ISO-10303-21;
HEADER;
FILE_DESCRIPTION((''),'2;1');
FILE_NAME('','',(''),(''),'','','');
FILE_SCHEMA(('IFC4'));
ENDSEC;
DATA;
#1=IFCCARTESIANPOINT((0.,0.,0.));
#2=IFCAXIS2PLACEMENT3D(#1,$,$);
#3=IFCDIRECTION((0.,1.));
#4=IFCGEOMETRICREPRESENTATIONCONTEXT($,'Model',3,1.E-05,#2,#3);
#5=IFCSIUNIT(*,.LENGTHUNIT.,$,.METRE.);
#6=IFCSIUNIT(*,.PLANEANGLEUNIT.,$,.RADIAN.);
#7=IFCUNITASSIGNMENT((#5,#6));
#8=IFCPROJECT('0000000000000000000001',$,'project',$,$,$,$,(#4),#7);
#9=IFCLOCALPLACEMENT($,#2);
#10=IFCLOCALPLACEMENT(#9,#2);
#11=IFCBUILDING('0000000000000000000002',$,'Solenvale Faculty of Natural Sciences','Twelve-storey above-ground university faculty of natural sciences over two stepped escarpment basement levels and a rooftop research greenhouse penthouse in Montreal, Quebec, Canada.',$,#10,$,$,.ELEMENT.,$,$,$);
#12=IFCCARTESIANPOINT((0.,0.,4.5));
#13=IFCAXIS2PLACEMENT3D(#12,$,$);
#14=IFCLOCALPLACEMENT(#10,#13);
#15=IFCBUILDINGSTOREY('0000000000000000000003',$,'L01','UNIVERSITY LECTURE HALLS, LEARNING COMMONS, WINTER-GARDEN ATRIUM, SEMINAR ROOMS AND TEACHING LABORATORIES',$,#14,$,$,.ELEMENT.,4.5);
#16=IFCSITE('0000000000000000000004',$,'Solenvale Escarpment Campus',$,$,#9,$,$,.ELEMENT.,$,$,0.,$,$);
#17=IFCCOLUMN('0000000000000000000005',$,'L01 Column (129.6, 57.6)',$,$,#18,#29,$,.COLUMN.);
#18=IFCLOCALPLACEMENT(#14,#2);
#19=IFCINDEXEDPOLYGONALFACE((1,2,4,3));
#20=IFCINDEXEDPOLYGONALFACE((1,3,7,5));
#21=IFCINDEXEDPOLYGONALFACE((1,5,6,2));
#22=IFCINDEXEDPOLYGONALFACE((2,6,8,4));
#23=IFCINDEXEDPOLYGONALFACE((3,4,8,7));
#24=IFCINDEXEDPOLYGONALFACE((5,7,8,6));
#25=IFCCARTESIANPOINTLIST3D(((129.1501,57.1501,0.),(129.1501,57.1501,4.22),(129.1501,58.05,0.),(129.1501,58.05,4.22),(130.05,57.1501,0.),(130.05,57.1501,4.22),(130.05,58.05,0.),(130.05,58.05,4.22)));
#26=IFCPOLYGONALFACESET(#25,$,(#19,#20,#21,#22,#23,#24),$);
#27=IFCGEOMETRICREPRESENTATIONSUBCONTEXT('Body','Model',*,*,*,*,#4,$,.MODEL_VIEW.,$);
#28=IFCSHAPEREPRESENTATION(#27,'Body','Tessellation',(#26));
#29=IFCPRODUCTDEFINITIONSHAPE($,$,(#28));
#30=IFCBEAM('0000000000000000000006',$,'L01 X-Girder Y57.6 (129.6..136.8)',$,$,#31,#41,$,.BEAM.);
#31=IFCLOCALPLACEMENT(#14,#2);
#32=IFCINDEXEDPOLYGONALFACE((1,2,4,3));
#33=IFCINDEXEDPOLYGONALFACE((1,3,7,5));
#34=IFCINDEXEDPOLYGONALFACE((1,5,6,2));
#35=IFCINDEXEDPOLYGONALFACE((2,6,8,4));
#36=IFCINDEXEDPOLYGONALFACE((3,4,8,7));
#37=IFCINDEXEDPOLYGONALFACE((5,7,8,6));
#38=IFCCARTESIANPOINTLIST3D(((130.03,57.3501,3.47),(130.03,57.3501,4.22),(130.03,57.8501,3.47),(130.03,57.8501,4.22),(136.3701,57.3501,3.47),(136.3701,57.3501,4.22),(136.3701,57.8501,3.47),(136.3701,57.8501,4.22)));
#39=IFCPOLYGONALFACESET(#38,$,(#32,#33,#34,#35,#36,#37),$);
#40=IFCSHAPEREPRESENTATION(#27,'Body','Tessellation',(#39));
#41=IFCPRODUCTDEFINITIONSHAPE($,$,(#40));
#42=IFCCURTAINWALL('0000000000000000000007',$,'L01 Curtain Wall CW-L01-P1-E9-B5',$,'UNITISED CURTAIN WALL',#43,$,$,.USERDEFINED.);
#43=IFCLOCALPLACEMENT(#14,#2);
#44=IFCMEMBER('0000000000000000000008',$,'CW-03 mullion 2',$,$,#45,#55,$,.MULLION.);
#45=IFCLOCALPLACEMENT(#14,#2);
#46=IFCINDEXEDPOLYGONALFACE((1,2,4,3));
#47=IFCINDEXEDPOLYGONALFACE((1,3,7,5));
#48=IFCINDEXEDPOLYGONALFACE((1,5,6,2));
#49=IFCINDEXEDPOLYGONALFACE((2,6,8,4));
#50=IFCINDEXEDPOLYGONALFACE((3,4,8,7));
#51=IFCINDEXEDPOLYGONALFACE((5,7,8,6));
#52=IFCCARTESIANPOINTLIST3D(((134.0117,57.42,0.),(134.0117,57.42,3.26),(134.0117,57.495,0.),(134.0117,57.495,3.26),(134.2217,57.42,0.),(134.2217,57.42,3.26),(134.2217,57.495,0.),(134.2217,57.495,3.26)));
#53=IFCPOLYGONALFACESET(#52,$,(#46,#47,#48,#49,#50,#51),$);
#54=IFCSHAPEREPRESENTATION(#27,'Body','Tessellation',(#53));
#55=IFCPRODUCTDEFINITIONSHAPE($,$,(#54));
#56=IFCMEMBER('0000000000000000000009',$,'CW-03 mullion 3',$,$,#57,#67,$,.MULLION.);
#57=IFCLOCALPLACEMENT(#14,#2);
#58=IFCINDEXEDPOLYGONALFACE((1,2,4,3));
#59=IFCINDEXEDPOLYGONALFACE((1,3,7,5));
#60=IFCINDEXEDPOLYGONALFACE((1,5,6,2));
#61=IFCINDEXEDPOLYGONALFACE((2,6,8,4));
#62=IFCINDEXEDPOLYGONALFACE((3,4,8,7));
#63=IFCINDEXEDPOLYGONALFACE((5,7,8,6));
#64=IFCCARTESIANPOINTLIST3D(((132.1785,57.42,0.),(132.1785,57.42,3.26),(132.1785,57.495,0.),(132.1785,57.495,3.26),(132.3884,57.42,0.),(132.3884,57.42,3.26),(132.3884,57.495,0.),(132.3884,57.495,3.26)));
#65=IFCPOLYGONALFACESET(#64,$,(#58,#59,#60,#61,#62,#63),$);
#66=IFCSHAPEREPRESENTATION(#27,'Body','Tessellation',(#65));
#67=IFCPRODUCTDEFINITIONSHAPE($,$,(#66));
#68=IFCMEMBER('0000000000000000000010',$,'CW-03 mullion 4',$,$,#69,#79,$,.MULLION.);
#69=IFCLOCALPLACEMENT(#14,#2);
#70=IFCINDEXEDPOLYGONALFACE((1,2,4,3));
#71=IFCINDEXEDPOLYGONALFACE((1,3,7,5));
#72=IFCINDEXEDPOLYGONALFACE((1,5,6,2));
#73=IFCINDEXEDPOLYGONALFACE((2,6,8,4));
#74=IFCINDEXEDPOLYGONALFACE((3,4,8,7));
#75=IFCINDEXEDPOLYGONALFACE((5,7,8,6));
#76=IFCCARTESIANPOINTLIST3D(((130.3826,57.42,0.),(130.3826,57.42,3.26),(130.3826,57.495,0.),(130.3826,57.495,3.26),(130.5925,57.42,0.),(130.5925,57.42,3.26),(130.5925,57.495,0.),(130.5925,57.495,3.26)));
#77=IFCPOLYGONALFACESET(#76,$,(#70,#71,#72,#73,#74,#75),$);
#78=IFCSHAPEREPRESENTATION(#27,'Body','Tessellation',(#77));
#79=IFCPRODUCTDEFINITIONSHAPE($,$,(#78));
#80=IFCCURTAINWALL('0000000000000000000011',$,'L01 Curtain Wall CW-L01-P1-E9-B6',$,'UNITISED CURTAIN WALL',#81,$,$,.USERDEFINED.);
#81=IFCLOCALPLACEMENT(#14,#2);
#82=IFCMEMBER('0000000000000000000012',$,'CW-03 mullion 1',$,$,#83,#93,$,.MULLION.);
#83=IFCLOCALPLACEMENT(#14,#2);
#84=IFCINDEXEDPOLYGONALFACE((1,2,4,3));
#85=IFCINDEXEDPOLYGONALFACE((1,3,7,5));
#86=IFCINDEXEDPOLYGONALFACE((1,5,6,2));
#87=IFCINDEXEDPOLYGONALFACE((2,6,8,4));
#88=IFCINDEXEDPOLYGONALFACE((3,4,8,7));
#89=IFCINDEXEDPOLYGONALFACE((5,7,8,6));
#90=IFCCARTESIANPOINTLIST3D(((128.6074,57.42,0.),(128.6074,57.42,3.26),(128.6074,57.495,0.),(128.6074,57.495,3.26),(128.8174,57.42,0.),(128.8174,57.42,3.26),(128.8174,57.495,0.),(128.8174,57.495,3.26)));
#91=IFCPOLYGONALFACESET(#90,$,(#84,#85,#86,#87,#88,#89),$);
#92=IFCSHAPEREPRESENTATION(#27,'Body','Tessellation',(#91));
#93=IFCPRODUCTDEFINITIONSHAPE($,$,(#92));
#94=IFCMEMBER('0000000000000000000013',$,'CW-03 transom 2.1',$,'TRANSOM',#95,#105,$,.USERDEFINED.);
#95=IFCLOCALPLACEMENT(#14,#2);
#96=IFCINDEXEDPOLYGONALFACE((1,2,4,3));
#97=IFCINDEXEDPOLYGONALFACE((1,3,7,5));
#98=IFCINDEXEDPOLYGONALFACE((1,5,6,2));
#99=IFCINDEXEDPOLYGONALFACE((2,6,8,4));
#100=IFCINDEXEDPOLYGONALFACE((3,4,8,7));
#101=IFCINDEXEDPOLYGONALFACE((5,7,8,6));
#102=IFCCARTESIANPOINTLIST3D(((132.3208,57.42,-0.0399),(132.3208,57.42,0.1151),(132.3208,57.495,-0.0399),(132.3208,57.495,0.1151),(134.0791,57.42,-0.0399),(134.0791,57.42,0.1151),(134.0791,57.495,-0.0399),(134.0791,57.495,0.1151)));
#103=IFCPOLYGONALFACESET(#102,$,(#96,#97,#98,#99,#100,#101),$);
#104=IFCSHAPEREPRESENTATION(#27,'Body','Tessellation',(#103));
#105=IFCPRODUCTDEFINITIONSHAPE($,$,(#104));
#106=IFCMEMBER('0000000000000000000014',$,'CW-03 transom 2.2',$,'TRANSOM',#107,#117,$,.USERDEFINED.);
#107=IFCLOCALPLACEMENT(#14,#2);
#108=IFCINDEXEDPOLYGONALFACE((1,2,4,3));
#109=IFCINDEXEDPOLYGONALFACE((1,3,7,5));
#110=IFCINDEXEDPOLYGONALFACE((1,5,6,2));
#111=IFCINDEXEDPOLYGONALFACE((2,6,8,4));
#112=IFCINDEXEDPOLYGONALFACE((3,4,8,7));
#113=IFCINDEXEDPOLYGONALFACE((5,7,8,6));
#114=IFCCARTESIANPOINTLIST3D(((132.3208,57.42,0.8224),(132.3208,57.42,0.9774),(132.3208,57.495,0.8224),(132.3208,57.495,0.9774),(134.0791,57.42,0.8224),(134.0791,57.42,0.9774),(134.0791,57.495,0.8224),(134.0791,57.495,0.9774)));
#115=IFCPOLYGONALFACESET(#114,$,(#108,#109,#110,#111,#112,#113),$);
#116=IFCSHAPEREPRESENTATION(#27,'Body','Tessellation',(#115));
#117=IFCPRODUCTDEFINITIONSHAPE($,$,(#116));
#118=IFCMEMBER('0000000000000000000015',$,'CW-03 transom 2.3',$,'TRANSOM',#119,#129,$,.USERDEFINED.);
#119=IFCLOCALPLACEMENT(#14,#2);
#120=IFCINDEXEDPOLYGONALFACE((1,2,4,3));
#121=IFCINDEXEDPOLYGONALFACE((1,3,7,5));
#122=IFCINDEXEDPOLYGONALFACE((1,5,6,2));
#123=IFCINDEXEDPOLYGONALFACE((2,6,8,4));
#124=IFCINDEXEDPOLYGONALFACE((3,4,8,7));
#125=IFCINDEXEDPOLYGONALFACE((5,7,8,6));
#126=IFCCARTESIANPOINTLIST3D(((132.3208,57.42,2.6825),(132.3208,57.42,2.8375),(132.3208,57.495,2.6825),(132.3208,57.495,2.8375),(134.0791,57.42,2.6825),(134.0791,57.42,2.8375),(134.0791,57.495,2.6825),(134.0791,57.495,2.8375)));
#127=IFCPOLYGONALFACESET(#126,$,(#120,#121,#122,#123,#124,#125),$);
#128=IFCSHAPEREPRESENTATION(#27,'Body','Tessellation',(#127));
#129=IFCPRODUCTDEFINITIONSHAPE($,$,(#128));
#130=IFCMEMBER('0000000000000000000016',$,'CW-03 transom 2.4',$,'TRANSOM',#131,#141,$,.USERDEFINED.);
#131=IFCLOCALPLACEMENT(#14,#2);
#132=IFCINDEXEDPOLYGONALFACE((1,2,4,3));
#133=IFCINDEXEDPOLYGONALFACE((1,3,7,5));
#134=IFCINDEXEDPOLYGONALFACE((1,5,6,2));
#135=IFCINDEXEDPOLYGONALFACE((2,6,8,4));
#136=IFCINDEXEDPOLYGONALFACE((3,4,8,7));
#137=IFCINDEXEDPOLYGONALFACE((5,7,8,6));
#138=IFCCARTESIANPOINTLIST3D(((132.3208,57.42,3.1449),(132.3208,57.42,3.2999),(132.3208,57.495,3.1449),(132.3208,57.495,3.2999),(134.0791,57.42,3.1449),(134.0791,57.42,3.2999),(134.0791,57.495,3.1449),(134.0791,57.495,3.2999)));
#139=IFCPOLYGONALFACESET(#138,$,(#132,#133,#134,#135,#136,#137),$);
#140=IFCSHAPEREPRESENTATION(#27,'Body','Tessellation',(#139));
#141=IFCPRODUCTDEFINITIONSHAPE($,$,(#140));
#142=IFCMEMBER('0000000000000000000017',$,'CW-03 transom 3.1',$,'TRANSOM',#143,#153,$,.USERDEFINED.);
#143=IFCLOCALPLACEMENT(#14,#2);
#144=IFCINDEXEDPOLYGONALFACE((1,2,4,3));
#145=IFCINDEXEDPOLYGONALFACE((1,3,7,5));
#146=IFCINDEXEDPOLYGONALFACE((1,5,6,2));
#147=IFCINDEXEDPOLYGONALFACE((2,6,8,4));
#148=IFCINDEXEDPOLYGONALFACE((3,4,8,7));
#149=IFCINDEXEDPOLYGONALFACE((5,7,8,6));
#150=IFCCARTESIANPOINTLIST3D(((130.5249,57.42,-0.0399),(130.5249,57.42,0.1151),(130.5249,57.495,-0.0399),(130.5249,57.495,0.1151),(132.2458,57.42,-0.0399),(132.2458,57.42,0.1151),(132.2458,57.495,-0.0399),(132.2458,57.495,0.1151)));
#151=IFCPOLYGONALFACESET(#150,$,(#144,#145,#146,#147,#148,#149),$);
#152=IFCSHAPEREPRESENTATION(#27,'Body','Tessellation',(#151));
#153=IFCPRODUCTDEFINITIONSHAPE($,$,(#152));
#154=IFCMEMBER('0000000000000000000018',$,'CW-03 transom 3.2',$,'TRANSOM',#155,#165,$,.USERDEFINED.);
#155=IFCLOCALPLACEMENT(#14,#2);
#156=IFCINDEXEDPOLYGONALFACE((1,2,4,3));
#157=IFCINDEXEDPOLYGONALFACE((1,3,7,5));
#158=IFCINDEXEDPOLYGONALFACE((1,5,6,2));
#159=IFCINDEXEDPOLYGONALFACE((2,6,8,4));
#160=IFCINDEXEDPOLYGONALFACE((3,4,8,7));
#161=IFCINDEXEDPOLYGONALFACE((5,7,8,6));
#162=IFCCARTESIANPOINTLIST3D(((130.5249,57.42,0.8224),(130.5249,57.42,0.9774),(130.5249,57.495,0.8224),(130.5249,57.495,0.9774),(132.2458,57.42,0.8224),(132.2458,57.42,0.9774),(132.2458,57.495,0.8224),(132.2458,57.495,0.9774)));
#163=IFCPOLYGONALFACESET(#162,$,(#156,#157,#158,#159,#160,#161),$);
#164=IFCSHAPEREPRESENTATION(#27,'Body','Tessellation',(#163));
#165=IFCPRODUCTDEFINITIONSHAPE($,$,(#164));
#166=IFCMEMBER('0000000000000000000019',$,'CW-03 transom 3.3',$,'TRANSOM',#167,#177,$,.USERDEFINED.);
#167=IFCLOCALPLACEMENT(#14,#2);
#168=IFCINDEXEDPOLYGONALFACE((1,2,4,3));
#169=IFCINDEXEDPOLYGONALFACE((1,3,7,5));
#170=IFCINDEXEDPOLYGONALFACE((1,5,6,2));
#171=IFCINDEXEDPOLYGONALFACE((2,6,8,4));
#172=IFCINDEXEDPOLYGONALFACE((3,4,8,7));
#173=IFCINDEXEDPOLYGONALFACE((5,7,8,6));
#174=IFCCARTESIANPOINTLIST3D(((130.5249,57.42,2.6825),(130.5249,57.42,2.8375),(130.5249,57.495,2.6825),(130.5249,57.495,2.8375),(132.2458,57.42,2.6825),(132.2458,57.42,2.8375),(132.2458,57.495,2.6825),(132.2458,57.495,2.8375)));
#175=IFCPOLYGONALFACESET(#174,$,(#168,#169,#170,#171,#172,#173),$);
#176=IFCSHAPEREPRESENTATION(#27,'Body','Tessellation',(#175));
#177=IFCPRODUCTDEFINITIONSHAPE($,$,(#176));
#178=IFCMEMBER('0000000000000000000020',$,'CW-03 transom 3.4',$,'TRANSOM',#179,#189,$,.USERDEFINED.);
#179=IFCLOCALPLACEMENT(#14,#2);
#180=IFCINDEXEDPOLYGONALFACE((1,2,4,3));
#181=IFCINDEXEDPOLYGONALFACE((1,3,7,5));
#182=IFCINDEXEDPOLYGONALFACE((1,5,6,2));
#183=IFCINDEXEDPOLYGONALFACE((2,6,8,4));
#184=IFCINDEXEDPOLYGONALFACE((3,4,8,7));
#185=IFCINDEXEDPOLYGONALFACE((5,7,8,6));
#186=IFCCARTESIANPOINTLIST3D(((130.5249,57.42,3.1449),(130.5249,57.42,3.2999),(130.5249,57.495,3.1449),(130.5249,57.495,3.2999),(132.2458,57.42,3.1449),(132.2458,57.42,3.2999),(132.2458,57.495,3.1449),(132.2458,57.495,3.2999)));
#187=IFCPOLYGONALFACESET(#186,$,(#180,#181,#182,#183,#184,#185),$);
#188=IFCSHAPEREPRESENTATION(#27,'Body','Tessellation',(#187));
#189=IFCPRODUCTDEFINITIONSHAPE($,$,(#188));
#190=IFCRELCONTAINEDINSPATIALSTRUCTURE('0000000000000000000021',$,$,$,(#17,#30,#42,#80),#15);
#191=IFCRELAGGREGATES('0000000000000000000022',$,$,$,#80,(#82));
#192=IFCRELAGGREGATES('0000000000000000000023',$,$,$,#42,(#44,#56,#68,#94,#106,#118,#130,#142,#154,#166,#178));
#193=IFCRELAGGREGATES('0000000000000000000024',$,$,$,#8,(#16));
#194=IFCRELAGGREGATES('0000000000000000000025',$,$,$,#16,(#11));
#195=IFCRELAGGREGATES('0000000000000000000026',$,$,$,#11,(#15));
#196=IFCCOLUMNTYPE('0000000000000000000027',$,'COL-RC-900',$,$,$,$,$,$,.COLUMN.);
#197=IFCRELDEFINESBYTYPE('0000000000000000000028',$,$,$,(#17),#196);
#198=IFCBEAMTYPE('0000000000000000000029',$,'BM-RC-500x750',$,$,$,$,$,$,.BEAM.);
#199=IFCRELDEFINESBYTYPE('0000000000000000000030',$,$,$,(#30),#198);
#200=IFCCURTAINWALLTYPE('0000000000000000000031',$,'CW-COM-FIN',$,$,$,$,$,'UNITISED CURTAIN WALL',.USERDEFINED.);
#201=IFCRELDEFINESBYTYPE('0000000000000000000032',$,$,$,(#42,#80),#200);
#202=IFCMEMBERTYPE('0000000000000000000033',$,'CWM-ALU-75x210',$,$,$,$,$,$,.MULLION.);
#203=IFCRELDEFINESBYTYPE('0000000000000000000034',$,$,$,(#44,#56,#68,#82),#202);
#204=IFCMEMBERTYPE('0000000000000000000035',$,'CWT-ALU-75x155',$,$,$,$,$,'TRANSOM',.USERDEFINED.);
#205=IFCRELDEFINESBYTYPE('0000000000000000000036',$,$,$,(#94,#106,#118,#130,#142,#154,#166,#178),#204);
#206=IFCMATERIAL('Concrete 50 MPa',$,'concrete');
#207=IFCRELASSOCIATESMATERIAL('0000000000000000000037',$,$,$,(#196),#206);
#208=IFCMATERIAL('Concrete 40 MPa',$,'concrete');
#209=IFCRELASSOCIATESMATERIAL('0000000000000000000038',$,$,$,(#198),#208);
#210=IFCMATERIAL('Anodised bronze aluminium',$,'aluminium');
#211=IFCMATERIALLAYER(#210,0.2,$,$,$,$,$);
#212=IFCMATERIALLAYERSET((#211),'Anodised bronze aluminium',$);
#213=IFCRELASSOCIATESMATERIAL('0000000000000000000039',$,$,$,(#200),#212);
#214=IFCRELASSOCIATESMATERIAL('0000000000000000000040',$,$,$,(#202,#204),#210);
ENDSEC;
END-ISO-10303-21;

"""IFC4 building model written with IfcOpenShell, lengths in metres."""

from ifc_helpers import new_model, si_unit, direction, frame, origin, origin_2d, place, context, subcontext, project, spatial, rectangle, extrude, material, layer, layer_set, material_profile, profile_set, type_object, element, aggregate, save


model = new_model("IFC4")

# Units and contexts
model_context = context("Model", 3, precision=1e-05, world=origin(), true_north=direction((0.0, 1.0)))
body_context = subcontext(model_context, "Body", "Model", "MODEL_VIEW")
ifc_project = project(units=[si_unit("LENGTHUNIT", "METRE"), si_unit("PLANEANGLEUNIT", "RADIAN")], contexts=[model_context])

# Site, building, storey
site_placement = place(None, origin())
site = spatial("IfcSite", under=ifc_project, at=site_placement, Name="Solenvale Escarpment Campus", CompositionType="ELEMENT", RefElevation=0.0)
building_placement = place(site_placement, origin())
building = spatial("IfcBuilding", under=site, at=building_placement, Name="Solenvale Faculty of Natural Sciences", Description="Twelve-storey above-ground university faculty of natural sciences over two stepped escarpment basement levels and a rooftop research greenhouse penthouse in Montreal, Quebec, Canada.", CompositionType="ELEMENT")
storey_placement = place(building_placement, frame((0.0, 0.0, 4.5)))
storey = spatial("IfcBuildingStorey", under=building, at=storey_placement, Name="L01", Description="UNIVERSITY LECTURE HALLS, LEARNING COMMONS, WINTER-GARDEN ATRIUM, SEMINAR ROOMS AND TEACHING LABORATORIES", CompositionType="ELEMENT", Elevation=4.5)

# Column
ifc_material_1 = material(Name="Concrete 50 MPa", Category="concrete")
ifc_material_profile_1 = material_profile(ifc_material_1, rectangle(XDim=0.8999, YDim=0.8999, at=origin_2d()), Name="RC-COL-900x900")
ifc_profile_set_1 = profile_set([ifc_material_profile_1], Name="Concrete 50 MPa")
column_type = type_object("IfcColumnType", Name="COL-RC-900", PredefinedType="COLUMN", material=ifc_profile_set_1)
column_placement = place(storey_placement, frame((129.6001, 57.6001, 0.0), z_axis=(0.0, 0.0, 1.0), x_axis=(1.0, 0.0, 0.0)))
element("IfcColumn", 1, at=column_placement, inside=storey, type_object=column_type, Name="L01 Column (129.6, 57.6)", PredefinedType="COLUMN", context=body_context, shape_type="SweptSolid", body=[
    extrude(rectangle(XDim=0.8999, YDim=0.8999, at=origin_2d()), origin(), (0.0, 0.0, 1.0), 4.22),
])

# Beam
ifc_material_2 = material(Name="Concrete 40 MPa", Category="concrete")
ifc_material_profile_2 = material_profile(ifc_material_2, rectangle(XDim=0.5, YDim=0.75, at=origin_2d()), Name="RC-BM-500x750")
ifc_profile_set_2 = profile_set([ifc_material_profile_2], Name="Concrete 40 MPa")
beam_type = type_object("IfcBeamType", Name="BM-RC-500x750", PredefinedType="BEAM", material=ifc_profile_set_2)
beam_placement = place(storey_placement, frame((130.03, 57.6001, 3.845), z_axis=(1.0, 0.0, 0.0), x_axis=(0.0, 1.0, 0.0)))
element("IfcBeam", 2, at=beam_placement, inside=storey, type_object=beam_type, Name="L01 X-Girder Y57.6 (129.6..136.8)", PredefinedType="BEAM", context=body_context, shape_type="SweptSolid", body=[
    extrude(rectangle(XDim=0.5, YDim=0.75, at=origin_2d()), origin(), (0.0, 0.0, 1.0), 6.3401),
])

# Curtain wall, members
ifc_material_3 = material(Name="Anodised bronze aluminium", Category="aluminium")
ifc_layer_1 = layer(ifc_material_3, 0.2)
ifc_layer_set_1 = layer_set([ifc_layer_1], Name="Anodised bronze aluminium")
curtain_wall_type = type_object("IfcCurtainWallType", Name="CW-COM-FIN", ElementType="UNITISED CURTAIN WALL", PredefinedType="USERDEFINED", material=ifc_layer_set_1)
curtain_wall_1_placement = place(storey_placement, origin())
curtain_wall_1 = element("IfcCurtainWall", 3, at=curtain_wall_1_placement, inside=storey, type_object=curtain_wall_type, Name="L01 Curtain Wall CW-L01-P1-E9-B5", ObjectType="UNITISED CURTAIN WALL", PredefinedType="USERDEFINED")
ifc_material_profile_3 = material_profile(ifc_material_3, rectangle(XDim=0.075, YDim=0.21, at=origin_2d()), Name="ALU-MUL-75x210")
ifc_profile_set_3 = profile_set([ifc_material_profile_3], Name="Anodised bronze aluminium")
member_type_1 = type_object("IfcMemberType", Name="CWM-ALU-75x210", PredefinedType="MULLION", material=ifc_profile_set_3)
member_1_placement = place(storey_placement, frame((134.1167, 57.4575, 0.0), z_axis=(0.0, 0.0, 1.0), x_axis=(0.0, -1.0, 0.0)))
member_1 = element("IfcMember", 4, at=member_1_placement, type_object=member_type_1, Name="CW-03 mullion 2", PredefinedType="MULLION", context=body_context, shape_type="SweptSolid", body=[
    extrude(rectangle(XDim=0.075, YDim=0.21, at=origin_2d()), origin(), (0.0, 0.0, 1.0), 3.26),
])
member_2_placement = place(storey_placement, frame((132.2834, 57.4575, 0.0), z_axis=(0.0, 0.0, 1.0), x_axis=(0.0, -1.0, 0.0)))
member_2 = element("IfcMember", 5, at=member_2_placement, type_object=member_type_1, Name="CW-03 mullion 3", PredefinedType="MULLION", context=body_context, shape_type="SweptSolid", body=[
    extrude(rectangle(XDim=0.075, YDim=0.21, at=origin_2d()), origin(), (0.0, 0.0, 1.0), 3.26),
])
member_3_placement = place(storey_placement, frame((130.4875, 57.4575, 0.0), z_axis=(0.0, 0.0, 1.0), x_axis=(0.0, -1.0, 0.0)))
member_3 = element("IfcMember", 6, at=member_3_placement, type_object=member_type_1, Name="CW-03 mullion 4", PredefinedType="MULLION", context=body_context, shape_type="SweptSolid", body=[
    extrude(rectangle(XDim=0.075, YDim=0.21, at=origin_2d()), origin(), (0.0, 0.0, 1.0), 3.26),
])

# Curtain wall, member
curtain_wall_2_placement = place(storey_placement, origin())
curtain_wall_2 = element("IfcCurtainWall", 7, at=curtain_wall_2_placement, inside=storey, type_object=curtain_wall_type, Name="L01 Curtain Wall CW-L01-P1-E9-B6", ObjectType="UNITISED CURTAIN WALL", PredefinedType="USERDEFINED")
member_4_placement = place(storey_placement, frame((128.7124, 57.4575, 0.0), z_axis=(0.0, 0.0, 1.0), x_axis=(0.0, -1.0, 0.0)))
member_4 = element("IfcMember", 8, at=member_4_placement, type_object=member_type_1, Name="CW-03 mullion 1", PredefinedType="MULLION", context=body_context, shape_type="SweptSolid", body=[
    extrude(rectangle(XDim=0.075, YDim=0.21, at=origin_2d()), origin(), (0.0, 0.0, 1.0), 3.26),
])
aggregate(curtain_wall_2, [member_4])

# Members
ifc_material_profile_4 = material_profile(ifc_material_3, rectangle(XDim=0.075, YDim=0.155, at=origin_2d()), Name="ALU-TRN-75x155")
ifc_profile_set_4 = profile_set([ifc_material_profile_4], Name="Anodised bronze aluminium")
member_type_2 = type_object("IfcMemberType", Name="CWT-ALU-75x155", ElementType="TRANSOM", PredefinedType="USERDEFINED", material=ifc_profile_set_4)
member_5_placement = place(storey_placement, frame((134.0791, 57.4575, 0.0376), z_axis=(-1.0, 0.0, 0.0), x_axis=(0.0, -1.0, 0.0)))
member_5 = element("IfcMember", 9, at=member_5_placement, type_object=member_type_2, Name="CW-03 transom 2.1", ObjectType="TRANSOM", PredefinedType="USERDEFINED", context=body_context, shape_type="SweptSolid", body=[
    extrude(rectangle(XDim=0.075, YDim=0.155, at=origin_2d()), origin(), (0.0, 0.0, 1.0), 1.7583),
])
member_6_placement = place(storey_placement, frame((134.0791, 57.4575, 0.8999), z_axis=(-1.0, 0.0, 0.0), x_axis=(0.0, -1.0, 0.0)))
member_6 = element("IfcMember", 10, at=member_6_placement, type_object=member_type_2, Name="CW-03 transom 2.2", ObjectType="TRANSOM", PredefinedType="USERDEFINED", context=body_context, shape_type="SweptSolid", body=[
    extrude(rectangle(XDim=0.075, YDim=0.155, at=origin_2d()), origin(), (0.0, 0.0, 1.0), 1.7583),
])
member_7_placement = place(storey_placement, frame((134.0791, 57.4575, 2.76), z_axis=(-1.0, 0.0, 0.0), x_axis=(0.0, -1.0, 0.0)))
member_7 = element("IfcMember", 11, at=member_7_placement, type_object=member_type_2, Name="CW-03 transom 2.3", ObjectType="TRANSOM", PredefinedType="USERDEFINED", context=body_context, shape_type="SweptSolid", body=[
    extrude(rectangle(XDim=0.075, YDim=0.155, at=origin_2d()), origin(), (0.0, 0.0, 1.0), 1.7583),
])
member_8_placement = place(storey_placement, frame((134.0791, 57.4575, 3.2224), z_axis=(-1.0, 0.0, 0.0), x_axis=(0.0, -1.0, 0.0)))
member_8 = element("IfcMember", 12, at=member_8_placement, type_object=member_type_2, Name="CW-03 transom 2.4", ObjectType="TRANSOM", PredefinedType="USERDEFINED", context=body_context, shape_type="SweptSolid", body=[
    extrude(rectangle(XDim=0.075, YDim=0.155, at=origin_2d()), origin(), (0.0, 0.0, 1.0), 1.7583),
])
member_9_placement = place(storey_placement, frame((132.2458, 57.4575, 0.0376), z_axis=(-1.0, 0.0, 0.0), x_axis=(0.0, -1.0, 0.0)))
member_9 = element("IfcMember", 13, at=member_9_placement, type_object=member_type_2, Name="CW-03 transom 3.1", ObjectType="TRANSOM", PredefinedType="USERDEFINED", context=body_context, shape_type="SweptSolid", body=[
    extrude(rectangle(XDim=0.075, YDim=0.155, at=origin_2d()), origin(), (0.0, 0.0, 1.0), 1.7209),
])
member_10_placement = place(storey_placement, frame((132.2458, 57.4575, 0.8999), z_axis=(-1.0, 0.0, 0.0), x_axis=(0.0, -1.0, 0.0)))
member_10 = element("IfcMember", 14, at=member_10_placement, type_object=member_type_2, Name="CW-03 transom 3.2", ObjectType="TRANSOM", PredefinedType="USERDEFINED", context=body_context, shape_type="SweptSolid", body=[
    extrude(rectangle(XDim=0.075, YDim=0.155, at=origin_2d()), origin(), (0.0, 0.0, 1.0), 1.7209),
])
member_11_placement = place(storey_placement, frame((132.2458, 57.4575, 2.76), z_axis=(-1.0, 0.0, 0.0), x_axis=(0.0, -1.0, 0.0)))
member_11 = element("IfcMember", 15, at=member_11_placement, type_object=member_type_2, Name="CW-03 transom 3.3", ObjectType="TRANSOM", PredefinedType="USERDEFINED", context=body_context, shape_type="SweptSolid", body=[
    extrude(rectangle(XDim=0.075, YDim=0.155, at=origin_2d()), origin(), (0.0, 0.0, 1.0), 1.7209),
])
member_12_placement = place(storey_placement, frame((132.2458, 57.4575, 3.2224), z_axis=(-1.0, 0.0, 0.0), x_axis=(0.0, -1.0, 0.0)))
member_12 = element("IfcMember", 16, at=member_12_placement, type_object=member_type_2, Name="CW-03 transom 3.4", ObjectType="TRANSOM", PredefinedType="USERDEFINED", context=body_context, shape_type="SweptSolid", body=[
    extrude(rectangle(XDim=0.075, YDim=0.155, at=origin_2d()), origin(), (0.0, 0.0, 1.0), 1.7209),
])

aggregate(curtain_wall_1, [member_1, member_2, member_3, member_5, member_6, member_7, member_8, member_9, member_10, member_11, member_12])

save(model, "model.ifc")
